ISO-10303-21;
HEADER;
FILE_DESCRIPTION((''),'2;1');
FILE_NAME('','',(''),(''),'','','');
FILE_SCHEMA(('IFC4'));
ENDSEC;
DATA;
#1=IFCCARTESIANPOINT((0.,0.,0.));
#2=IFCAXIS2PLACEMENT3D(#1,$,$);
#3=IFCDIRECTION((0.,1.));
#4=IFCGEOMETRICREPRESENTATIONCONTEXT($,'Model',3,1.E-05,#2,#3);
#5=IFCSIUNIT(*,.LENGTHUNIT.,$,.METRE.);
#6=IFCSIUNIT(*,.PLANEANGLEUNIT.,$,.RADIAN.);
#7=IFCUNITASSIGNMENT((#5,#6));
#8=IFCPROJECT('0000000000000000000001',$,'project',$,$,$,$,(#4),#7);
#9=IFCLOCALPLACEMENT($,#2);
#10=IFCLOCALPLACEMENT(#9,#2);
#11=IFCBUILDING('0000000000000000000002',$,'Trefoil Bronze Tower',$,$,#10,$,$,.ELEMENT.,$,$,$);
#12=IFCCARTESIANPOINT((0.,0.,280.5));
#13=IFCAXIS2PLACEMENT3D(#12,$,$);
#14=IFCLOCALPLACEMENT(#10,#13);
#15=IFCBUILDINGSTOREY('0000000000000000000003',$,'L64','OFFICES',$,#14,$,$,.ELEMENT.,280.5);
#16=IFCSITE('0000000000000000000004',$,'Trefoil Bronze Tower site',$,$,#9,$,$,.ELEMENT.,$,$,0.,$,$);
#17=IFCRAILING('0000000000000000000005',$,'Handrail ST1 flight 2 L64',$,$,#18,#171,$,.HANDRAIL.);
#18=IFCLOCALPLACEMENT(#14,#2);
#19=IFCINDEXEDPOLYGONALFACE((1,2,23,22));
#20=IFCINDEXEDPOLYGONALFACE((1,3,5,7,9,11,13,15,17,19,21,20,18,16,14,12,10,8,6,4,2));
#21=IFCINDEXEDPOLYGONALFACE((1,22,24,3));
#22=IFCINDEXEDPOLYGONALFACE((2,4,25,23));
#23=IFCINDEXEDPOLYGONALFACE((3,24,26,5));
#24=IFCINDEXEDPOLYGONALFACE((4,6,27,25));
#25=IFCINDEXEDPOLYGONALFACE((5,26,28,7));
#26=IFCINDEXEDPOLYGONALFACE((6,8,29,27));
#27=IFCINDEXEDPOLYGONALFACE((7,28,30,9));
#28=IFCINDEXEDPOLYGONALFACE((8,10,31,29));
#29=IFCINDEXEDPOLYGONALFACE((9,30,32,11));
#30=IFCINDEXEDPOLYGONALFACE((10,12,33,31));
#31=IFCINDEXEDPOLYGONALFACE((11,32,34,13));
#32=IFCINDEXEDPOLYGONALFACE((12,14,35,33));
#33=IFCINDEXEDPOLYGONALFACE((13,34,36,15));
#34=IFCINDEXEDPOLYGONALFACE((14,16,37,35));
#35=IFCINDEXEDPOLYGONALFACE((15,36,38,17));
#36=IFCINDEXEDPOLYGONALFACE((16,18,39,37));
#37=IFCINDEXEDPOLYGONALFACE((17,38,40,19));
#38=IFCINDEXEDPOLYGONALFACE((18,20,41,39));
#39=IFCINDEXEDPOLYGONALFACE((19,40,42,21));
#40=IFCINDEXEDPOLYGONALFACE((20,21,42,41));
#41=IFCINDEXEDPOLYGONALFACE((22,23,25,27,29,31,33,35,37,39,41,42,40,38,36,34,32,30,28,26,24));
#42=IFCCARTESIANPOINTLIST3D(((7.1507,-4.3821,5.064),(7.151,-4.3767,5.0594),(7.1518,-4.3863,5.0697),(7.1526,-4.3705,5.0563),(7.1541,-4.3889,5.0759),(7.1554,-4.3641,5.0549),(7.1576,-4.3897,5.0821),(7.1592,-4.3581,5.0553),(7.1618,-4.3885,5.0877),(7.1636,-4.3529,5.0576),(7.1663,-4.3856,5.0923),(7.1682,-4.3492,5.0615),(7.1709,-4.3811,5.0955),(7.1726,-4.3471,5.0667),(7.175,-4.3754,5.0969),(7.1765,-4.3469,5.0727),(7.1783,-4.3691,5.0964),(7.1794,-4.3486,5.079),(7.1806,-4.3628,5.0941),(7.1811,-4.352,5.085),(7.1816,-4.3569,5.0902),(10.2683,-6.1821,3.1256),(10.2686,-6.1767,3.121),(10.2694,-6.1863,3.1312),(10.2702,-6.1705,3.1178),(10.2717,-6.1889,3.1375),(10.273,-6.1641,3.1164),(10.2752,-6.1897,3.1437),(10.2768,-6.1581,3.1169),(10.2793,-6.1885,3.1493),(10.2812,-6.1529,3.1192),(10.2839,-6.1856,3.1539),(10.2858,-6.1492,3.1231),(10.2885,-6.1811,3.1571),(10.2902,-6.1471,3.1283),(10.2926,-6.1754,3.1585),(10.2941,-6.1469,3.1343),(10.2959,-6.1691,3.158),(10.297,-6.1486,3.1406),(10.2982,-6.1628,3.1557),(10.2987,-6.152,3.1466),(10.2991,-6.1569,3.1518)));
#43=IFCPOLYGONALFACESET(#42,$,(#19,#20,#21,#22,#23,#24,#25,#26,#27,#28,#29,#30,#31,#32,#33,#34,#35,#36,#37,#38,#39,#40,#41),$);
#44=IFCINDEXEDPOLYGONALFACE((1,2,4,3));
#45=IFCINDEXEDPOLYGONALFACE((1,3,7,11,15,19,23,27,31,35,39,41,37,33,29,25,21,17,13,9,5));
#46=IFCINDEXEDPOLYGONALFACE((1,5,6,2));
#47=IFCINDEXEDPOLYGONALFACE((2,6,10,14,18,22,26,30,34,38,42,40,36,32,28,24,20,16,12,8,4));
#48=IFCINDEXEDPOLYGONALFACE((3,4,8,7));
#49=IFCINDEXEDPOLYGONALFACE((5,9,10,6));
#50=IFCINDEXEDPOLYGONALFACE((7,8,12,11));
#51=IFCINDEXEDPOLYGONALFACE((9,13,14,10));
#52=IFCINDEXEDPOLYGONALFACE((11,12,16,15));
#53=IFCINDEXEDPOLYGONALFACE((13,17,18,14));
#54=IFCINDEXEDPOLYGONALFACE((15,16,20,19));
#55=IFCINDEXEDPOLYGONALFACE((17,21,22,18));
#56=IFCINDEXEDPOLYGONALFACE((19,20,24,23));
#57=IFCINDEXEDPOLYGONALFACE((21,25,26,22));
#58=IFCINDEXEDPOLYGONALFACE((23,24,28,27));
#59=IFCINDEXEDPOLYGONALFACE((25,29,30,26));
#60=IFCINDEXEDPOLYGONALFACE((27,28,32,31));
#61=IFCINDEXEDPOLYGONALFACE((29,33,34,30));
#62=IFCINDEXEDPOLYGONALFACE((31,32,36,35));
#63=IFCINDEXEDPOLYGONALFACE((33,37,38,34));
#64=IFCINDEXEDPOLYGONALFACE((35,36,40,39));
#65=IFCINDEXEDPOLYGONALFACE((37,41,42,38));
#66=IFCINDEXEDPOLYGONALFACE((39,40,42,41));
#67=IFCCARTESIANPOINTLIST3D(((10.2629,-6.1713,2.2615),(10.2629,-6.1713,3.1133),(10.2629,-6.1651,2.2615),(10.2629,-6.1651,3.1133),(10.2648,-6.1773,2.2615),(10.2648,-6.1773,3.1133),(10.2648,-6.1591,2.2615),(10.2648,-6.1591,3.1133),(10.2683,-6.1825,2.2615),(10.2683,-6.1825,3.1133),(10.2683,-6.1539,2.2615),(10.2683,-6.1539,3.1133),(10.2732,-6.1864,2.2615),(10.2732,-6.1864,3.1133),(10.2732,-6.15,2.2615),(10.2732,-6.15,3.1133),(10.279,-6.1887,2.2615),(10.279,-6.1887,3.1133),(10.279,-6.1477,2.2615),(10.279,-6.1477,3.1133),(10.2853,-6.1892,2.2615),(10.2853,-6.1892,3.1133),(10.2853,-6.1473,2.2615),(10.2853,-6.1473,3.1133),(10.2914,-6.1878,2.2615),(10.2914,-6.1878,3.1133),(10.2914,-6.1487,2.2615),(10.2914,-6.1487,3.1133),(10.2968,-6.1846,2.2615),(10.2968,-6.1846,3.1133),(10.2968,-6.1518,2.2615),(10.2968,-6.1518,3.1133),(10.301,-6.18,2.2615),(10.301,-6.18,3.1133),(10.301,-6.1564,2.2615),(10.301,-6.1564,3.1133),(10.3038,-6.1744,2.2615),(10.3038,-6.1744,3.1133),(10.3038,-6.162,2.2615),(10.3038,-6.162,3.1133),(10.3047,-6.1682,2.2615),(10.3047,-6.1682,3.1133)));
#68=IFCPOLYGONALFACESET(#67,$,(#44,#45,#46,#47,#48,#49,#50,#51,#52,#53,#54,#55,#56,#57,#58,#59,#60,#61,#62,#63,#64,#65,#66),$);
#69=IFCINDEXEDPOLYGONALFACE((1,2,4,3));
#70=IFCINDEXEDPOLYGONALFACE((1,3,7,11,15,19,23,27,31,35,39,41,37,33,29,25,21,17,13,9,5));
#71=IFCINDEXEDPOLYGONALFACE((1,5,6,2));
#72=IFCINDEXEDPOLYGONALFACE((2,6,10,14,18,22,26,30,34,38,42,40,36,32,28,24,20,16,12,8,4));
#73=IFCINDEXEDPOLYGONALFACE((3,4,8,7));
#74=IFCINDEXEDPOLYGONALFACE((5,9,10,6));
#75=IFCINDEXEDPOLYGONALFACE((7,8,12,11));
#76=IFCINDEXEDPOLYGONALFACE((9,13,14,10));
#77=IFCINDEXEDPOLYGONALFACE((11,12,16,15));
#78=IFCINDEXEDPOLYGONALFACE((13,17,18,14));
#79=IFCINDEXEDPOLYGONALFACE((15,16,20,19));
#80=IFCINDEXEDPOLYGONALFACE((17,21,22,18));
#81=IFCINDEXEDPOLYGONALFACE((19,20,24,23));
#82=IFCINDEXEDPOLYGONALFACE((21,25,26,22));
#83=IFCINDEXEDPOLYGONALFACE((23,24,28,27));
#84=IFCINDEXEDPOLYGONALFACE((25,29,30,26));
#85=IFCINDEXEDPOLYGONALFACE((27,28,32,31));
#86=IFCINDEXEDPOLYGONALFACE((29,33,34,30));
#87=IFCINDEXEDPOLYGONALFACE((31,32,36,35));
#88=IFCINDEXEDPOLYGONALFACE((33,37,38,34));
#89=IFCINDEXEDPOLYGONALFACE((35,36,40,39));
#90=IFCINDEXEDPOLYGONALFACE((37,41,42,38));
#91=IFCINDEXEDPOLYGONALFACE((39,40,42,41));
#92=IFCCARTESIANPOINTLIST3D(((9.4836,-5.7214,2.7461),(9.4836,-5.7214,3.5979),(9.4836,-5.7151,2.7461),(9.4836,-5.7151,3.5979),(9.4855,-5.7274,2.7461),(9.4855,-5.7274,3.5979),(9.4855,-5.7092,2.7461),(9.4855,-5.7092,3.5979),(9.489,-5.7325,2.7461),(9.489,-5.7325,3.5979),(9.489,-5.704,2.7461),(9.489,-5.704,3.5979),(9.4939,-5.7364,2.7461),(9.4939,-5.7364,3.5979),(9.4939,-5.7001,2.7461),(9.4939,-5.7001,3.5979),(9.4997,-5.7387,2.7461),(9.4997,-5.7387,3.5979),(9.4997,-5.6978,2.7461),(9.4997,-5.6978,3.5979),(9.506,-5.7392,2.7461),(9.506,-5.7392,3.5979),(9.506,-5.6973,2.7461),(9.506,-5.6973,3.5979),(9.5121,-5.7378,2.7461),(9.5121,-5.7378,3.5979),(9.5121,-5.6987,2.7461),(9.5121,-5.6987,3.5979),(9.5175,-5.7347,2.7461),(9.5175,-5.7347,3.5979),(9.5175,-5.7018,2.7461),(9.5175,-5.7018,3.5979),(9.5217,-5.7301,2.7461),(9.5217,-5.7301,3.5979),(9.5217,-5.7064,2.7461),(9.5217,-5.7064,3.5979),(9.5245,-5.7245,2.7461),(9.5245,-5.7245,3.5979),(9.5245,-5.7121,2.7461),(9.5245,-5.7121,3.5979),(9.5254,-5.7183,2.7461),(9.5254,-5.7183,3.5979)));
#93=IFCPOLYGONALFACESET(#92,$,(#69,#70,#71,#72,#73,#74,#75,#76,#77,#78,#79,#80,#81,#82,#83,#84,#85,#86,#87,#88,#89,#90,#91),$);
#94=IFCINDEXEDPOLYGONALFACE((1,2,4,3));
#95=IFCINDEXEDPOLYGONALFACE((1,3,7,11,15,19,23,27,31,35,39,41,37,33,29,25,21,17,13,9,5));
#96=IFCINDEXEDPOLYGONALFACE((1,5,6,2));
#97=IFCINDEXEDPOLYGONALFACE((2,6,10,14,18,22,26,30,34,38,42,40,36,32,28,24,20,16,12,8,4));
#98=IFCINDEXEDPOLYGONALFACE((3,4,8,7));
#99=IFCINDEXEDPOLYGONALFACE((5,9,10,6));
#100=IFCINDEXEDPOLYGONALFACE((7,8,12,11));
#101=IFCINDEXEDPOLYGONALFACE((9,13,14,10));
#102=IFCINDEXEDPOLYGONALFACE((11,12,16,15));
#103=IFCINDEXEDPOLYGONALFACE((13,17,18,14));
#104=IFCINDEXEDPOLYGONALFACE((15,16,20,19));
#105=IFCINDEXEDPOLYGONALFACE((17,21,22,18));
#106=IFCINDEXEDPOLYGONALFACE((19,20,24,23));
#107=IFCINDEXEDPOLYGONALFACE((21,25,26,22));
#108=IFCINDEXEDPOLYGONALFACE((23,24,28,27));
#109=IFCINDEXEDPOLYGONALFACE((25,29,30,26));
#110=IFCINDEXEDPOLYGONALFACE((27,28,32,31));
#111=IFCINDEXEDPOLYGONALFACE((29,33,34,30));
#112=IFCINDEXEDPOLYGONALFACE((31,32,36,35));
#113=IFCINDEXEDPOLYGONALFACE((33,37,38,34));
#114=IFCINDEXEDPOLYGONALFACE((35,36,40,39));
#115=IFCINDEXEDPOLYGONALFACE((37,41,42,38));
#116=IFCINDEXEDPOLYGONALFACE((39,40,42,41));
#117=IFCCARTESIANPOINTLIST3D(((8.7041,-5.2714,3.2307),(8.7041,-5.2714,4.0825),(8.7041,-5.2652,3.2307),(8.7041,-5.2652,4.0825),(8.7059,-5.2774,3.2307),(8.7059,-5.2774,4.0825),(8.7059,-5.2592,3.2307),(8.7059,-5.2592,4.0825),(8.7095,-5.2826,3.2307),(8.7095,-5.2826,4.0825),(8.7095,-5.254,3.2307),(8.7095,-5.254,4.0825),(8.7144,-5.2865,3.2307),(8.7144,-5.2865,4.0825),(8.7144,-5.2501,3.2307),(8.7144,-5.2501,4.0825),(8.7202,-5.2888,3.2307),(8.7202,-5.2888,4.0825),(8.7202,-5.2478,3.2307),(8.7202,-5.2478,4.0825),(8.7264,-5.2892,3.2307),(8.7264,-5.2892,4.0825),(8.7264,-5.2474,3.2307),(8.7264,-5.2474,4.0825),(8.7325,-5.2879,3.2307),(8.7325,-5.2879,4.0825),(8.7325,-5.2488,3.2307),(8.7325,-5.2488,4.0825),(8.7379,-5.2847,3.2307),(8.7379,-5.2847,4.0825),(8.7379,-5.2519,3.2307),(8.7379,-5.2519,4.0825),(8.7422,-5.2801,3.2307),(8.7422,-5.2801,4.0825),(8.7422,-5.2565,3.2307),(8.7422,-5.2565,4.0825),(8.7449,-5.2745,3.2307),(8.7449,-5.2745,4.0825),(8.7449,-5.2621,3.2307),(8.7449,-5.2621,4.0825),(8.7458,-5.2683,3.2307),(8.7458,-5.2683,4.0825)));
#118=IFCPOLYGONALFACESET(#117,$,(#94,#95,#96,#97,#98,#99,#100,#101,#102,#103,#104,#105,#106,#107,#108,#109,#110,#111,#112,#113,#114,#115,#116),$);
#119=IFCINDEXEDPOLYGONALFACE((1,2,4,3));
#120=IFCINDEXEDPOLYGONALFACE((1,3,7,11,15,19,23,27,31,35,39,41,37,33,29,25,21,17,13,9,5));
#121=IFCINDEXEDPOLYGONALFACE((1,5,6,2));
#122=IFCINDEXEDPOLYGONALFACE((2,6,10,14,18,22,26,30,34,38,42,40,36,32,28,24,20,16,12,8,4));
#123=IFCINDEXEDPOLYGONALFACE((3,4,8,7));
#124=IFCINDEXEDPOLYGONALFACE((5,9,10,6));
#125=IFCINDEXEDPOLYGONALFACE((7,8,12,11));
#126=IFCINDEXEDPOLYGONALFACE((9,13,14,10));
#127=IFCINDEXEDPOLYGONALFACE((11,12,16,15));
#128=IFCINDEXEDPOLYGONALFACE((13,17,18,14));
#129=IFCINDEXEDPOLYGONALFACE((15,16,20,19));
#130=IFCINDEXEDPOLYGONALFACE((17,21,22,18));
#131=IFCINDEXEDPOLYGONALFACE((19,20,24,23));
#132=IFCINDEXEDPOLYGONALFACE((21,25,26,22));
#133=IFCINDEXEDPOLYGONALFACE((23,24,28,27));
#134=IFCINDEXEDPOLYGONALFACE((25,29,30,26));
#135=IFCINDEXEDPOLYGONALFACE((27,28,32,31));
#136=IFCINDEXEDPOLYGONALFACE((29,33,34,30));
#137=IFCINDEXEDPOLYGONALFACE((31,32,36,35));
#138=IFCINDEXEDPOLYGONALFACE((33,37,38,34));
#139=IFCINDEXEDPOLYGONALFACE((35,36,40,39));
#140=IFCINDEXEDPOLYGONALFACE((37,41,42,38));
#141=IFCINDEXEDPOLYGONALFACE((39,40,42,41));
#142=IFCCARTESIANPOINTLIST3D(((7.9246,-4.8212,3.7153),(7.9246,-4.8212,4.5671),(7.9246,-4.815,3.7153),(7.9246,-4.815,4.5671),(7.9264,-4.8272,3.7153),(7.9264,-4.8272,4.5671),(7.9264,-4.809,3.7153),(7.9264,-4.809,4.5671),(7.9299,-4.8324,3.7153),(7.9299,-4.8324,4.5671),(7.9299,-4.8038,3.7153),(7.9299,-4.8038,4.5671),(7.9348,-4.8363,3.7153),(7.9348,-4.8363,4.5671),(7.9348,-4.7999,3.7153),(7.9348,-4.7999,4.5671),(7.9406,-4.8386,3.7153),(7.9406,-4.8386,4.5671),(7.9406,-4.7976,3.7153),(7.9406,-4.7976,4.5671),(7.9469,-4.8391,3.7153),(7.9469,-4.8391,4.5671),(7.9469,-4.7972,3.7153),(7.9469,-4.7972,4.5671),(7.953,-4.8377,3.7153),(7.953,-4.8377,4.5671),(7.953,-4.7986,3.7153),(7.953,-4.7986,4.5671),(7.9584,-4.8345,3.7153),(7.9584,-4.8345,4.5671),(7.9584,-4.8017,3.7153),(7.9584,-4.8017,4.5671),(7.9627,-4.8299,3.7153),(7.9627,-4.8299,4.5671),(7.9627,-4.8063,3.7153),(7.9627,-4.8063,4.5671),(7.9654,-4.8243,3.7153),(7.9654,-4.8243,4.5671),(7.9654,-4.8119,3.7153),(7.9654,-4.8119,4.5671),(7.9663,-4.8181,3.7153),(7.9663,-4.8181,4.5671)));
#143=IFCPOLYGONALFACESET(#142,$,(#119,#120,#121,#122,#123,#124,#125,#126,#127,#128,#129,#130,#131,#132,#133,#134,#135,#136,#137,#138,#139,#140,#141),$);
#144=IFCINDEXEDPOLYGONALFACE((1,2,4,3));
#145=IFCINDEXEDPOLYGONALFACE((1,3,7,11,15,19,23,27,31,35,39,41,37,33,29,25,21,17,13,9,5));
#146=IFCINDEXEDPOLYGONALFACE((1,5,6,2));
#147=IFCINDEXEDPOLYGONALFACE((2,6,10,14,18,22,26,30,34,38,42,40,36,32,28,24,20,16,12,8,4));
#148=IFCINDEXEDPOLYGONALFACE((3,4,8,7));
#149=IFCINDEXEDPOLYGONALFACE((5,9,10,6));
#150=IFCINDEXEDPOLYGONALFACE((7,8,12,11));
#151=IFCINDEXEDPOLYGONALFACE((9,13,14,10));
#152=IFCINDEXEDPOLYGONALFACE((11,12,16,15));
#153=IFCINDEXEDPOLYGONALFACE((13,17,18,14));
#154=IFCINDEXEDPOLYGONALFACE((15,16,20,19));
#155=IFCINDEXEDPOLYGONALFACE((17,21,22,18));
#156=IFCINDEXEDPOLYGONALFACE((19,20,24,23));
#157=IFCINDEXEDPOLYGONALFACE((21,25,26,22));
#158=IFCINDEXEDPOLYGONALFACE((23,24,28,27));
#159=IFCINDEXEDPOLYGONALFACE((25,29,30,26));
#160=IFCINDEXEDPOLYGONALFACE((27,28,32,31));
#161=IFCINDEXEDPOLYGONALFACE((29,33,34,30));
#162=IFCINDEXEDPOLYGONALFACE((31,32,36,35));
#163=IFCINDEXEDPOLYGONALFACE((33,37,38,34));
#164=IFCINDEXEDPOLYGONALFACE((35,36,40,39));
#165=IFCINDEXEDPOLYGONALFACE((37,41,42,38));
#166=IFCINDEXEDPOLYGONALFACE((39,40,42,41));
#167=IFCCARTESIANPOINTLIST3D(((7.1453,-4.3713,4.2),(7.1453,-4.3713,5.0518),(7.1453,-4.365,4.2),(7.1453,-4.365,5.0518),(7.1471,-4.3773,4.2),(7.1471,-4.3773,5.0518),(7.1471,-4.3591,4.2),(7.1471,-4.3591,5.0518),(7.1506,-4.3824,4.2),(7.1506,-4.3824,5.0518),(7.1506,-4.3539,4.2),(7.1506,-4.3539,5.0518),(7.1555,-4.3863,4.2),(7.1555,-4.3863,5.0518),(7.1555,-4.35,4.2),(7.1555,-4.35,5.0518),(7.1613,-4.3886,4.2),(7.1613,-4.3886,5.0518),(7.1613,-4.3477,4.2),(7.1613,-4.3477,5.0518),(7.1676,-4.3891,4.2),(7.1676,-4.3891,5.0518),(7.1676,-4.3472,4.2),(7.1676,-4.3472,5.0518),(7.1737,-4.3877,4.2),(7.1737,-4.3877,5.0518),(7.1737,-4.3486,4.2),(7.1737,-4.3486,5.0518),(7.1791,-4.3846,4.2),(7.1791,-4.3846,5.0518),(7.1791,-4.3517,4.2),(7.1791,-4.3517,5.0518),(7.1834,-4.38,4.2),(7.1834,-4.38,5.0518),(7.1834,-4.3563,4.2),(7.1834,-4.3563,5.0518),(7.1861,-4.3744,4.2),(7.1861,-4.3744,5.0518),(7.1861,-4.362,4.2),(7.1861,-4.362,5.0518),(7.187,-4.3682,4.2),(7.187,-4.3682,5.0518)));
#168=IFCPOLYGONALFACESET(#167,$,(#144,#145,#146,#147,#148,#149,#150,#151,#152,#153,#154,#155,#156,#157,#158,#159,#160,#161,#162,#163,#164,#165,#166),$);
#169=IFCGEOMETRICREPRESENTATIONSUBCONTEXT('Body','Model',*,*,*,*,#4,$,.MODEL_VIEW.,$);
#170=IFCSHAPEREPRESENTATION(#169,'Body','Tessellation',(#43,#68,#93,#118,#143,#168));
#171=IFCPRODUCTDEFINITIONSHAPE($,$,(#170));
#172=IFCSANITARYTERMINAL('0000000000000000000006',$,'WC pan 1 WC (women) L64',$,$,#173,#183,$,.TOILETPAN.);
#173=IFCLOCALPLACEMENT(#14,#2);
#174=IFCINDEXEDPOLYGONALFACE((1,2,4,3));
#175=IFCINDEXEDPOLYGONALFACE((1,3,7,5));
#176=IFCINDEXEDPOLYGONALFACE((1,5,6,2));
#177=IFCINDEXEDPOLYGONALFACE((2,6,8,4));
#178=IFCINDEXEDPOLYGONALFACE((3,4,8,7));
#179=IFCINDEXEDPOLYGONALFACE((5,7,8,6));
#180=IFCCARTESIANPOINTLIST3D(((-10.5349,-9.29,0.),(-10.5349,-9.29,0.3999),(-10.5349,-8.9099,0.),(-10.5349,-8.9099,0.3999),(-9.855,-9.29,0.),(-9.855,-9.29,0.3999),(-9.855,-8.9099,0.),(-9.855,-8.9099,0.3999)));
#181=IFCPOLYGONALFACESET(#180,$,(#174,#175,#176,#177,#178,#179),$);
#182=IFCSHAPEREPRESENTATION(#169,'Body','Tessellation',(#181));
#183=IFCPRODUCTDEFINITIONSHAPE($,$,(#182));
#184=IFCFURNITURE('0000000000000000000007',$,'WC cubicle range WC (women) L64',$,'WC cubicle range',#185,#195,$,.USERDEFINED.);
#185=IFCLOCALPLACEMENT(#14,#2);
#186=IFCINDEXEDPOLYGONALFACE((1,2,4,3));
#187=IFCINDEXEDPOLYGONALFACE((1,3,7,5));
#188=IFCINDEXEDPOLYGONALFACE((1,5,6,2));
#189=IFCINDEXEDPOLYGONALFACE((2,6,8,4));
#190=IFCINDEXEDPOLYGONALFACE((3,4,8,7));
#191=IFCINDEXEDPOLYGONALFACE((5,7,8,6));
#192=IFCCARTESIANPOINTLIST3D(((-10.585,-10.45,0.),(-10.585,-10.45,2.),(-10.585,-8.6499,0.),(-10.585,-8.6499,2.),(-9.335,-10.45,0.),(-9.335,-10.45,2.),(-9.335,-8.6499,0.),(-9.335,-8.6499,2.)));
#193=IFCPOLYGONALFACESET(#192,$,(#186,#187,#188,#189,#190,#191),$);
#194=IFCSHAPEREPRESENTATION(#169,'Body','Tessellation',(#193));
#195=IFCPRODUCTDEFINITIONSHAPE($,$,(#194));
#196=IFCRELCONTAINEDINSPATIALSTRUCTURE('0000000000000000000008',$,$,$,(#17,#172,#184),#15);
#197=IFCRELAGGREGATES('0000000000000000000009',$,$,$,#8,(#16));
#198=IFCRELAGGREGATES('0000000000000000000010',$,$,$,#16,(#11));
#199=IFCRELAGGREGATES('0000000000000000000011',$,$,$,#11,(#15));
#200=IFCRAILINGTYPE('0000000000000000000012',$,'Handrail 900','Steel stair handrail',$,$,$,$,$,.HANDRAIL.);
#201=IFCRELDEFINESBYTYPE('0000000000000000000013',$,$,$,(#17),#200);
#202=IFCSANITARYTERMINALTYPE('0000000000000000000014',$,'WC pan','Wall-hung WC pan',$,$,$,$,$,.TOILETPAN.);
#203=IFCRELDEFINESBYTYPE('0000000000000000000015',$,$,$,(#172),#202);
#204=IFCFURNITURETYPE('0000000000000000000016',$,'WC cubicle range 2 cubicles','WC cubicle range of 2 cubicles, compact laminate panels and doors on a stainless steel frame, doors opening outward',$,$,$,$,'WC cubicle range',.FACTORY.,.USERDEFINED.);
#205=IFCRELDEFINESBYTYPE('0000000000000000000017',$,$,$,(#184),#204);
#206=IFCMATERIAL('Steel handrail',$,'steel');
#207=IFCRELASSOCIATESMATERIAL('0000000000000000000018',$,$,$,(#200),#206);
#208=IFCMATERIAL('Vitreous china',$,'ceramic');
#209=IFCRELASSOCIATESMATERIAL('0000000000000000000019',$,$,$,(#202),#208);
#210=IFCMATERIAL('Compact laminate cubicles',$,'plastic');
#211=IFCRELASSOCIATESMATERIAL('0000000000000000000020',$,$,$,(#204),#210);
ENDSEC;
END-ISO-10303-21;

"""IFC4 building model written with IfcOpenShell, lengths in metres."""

from ifc_helpers import new_model, si_unit, direction, frame, origin, origin_2d, place, context, subcontext, project, spatial, polyline, circle, outline, extrude, material, type_object, element, save


model = new_model("IFC4")

# Units and contexts
model_context = context("Model", 3, precision=1e-05, world=origin(), true_north=direction((0.0, 1.0)))
body_context = subcontext(model_context, "Body", "Model", "MODEL_VIEW")
ifc_project = project(units=[si_unit("LENGTHUNIT", "METRE"), si_unit("PLANEANGLEUNIT", "RADIAN")], contexts=[model_context])

# Site, building, storey
site_placement = place(None, origin())
site = spatial("IfcSite", under=ifc_project, at=site_placement, Name="Trefoil Bronze Tower site", CompositionType="ELEMENT", RefElevation=0.0)
building_placement = place(site_placement, origin())
building = spatial("IfcBuilding", under=site, at=building_placement, Name="Trefoil Bronze Tower", CompositionType="ELEMENT")
storey_placement = place(building_placement, frame((0.0, 0.0, 280.5)))
storey = spatial("IfcBuildingStorey", under=building, at=storey_placement, Name="L64", Description="OFFICES", CompositionType="ELEMENT", Elevation=280.5)

# Railing
ifc_material_1 = material(Name="Steel handrail", Category="steel")
railing_type = type_object("IfcRailingType", Name="Handrail 900", Description="Steel stair handrail", PredefinedType="HANDRAIL", material=ifc_material_1)
railing_1_placement = place(storey_placement, frame((10.2837, -6.1682, 2.2615)))
element("IfcRailing", 1, at=railing_1_placement, inside=storey, type_object=railing_type, Name="Handrail ST1 flight 2 L64", PredefinedType="HANDRAIL", context=body_context, shape_type="SweptSolid", body=[
    extrude(circle(Radius=0.0239, at=origin_2d()), frame((0.0, 0.0, 0.876), z_axis=(-0.762503, 0.440246, 0.474102), x_axis=(-0.500012, -0.866018, 0.0)), (0.0, 0.0, 1.0), 4.0886),
    extrude(circle(Radius=0.021, at=origin_2d()), origin(), (0.0, 0.0, 1.0), 0.8518),
    extrude(circle(Radius=0.021, at=origin_2d()), frame((-0.7793, 0.45, 0.4846)), (0.0, 0.0, 1.0), 0.8518),
    extrude(circle(Radius=0.021, at=origin_2d()), frame((-1.5588, 0.8999, 0.9692)), (0.0, 0.0, 1.0), 0.8518),
    extrude(circle(Radius=0.021, at=origin_2d()), frame((-2.3384, 1.3501, 1.4539)), (0.0, 0.0, 1.0), 0.8518),
    extrude(circle(Radius=0.021, at=origin_2d()), frame((-3.1177, 1.8, 1.9385)), (0.0, 0.0, 1.0), 0.8518),
])

# Sanitary terminal
ifc_material_2 = material(Name="Vitreous china", Category="ceramic")
sanitary_terminal_type = type_object("IfcSanitaryTerminalType", Name="WC pan", Description="Wall-hung WC pan", PredefinedType="TOILETPAN", material=ifc_material_2)
sanitary_terminal_placement = place(storey_placement, origin())
element("IfcSanitaryTerminal", 2, at=sanitary_terminal_placement, inside=storey, type_object=sanitary_terminal_type, Name="WC pan 1 WC (women) L64", PredefinedType="TOILETPAN", context=body_context, shape_type="SweptSolid", body=[
    extrude(outline(polyline([(-9.855, -8.9099), (-10.5349, -8.9099), (-10.5349, -9.29), (-9.855, -9.29), (-9.855, -8.9099)])), origin(), (0.0, 0.0, 1.0), 0.3999),
])

# Furniture
ifc_material_3 = material(Name="Compact laminate cubicles", Category="plastic")
furniture_type = type_object("IfcFurnitureType", Name="WC cubicle range 2 cubicles", Description="WC cubicle range of 2 cubicles, compact laminate panels and doors on a stainless steel frame, doors opening outward", ElementType="WC cubicle range", AssemblyPlace="FACTORY", PredefinedType="USERDEFINED", material=ifc_material_3)
furniture_placement = place(storey_placement, origin())
element("IfcFurniture", 3, at=furniture_placement, inside=storey, type_object=furniture_type, Name="WC cubicle range WC (women) L64", ObjectType="WC cubicle range", PredefinedType="USERDEFINED", context=body_context, shape_type="SweptSolid", body=[
    extrude(outline(polyline([(-9.335, -8.6499), (-10.585, -8.6499), (-10.585, -10.45), (-9.335, -10.45), (-9.335, -8.6499)])), origin(), (0.0, 0.0, 1.0), 2.0),
])

save(model, "model.ifc")
